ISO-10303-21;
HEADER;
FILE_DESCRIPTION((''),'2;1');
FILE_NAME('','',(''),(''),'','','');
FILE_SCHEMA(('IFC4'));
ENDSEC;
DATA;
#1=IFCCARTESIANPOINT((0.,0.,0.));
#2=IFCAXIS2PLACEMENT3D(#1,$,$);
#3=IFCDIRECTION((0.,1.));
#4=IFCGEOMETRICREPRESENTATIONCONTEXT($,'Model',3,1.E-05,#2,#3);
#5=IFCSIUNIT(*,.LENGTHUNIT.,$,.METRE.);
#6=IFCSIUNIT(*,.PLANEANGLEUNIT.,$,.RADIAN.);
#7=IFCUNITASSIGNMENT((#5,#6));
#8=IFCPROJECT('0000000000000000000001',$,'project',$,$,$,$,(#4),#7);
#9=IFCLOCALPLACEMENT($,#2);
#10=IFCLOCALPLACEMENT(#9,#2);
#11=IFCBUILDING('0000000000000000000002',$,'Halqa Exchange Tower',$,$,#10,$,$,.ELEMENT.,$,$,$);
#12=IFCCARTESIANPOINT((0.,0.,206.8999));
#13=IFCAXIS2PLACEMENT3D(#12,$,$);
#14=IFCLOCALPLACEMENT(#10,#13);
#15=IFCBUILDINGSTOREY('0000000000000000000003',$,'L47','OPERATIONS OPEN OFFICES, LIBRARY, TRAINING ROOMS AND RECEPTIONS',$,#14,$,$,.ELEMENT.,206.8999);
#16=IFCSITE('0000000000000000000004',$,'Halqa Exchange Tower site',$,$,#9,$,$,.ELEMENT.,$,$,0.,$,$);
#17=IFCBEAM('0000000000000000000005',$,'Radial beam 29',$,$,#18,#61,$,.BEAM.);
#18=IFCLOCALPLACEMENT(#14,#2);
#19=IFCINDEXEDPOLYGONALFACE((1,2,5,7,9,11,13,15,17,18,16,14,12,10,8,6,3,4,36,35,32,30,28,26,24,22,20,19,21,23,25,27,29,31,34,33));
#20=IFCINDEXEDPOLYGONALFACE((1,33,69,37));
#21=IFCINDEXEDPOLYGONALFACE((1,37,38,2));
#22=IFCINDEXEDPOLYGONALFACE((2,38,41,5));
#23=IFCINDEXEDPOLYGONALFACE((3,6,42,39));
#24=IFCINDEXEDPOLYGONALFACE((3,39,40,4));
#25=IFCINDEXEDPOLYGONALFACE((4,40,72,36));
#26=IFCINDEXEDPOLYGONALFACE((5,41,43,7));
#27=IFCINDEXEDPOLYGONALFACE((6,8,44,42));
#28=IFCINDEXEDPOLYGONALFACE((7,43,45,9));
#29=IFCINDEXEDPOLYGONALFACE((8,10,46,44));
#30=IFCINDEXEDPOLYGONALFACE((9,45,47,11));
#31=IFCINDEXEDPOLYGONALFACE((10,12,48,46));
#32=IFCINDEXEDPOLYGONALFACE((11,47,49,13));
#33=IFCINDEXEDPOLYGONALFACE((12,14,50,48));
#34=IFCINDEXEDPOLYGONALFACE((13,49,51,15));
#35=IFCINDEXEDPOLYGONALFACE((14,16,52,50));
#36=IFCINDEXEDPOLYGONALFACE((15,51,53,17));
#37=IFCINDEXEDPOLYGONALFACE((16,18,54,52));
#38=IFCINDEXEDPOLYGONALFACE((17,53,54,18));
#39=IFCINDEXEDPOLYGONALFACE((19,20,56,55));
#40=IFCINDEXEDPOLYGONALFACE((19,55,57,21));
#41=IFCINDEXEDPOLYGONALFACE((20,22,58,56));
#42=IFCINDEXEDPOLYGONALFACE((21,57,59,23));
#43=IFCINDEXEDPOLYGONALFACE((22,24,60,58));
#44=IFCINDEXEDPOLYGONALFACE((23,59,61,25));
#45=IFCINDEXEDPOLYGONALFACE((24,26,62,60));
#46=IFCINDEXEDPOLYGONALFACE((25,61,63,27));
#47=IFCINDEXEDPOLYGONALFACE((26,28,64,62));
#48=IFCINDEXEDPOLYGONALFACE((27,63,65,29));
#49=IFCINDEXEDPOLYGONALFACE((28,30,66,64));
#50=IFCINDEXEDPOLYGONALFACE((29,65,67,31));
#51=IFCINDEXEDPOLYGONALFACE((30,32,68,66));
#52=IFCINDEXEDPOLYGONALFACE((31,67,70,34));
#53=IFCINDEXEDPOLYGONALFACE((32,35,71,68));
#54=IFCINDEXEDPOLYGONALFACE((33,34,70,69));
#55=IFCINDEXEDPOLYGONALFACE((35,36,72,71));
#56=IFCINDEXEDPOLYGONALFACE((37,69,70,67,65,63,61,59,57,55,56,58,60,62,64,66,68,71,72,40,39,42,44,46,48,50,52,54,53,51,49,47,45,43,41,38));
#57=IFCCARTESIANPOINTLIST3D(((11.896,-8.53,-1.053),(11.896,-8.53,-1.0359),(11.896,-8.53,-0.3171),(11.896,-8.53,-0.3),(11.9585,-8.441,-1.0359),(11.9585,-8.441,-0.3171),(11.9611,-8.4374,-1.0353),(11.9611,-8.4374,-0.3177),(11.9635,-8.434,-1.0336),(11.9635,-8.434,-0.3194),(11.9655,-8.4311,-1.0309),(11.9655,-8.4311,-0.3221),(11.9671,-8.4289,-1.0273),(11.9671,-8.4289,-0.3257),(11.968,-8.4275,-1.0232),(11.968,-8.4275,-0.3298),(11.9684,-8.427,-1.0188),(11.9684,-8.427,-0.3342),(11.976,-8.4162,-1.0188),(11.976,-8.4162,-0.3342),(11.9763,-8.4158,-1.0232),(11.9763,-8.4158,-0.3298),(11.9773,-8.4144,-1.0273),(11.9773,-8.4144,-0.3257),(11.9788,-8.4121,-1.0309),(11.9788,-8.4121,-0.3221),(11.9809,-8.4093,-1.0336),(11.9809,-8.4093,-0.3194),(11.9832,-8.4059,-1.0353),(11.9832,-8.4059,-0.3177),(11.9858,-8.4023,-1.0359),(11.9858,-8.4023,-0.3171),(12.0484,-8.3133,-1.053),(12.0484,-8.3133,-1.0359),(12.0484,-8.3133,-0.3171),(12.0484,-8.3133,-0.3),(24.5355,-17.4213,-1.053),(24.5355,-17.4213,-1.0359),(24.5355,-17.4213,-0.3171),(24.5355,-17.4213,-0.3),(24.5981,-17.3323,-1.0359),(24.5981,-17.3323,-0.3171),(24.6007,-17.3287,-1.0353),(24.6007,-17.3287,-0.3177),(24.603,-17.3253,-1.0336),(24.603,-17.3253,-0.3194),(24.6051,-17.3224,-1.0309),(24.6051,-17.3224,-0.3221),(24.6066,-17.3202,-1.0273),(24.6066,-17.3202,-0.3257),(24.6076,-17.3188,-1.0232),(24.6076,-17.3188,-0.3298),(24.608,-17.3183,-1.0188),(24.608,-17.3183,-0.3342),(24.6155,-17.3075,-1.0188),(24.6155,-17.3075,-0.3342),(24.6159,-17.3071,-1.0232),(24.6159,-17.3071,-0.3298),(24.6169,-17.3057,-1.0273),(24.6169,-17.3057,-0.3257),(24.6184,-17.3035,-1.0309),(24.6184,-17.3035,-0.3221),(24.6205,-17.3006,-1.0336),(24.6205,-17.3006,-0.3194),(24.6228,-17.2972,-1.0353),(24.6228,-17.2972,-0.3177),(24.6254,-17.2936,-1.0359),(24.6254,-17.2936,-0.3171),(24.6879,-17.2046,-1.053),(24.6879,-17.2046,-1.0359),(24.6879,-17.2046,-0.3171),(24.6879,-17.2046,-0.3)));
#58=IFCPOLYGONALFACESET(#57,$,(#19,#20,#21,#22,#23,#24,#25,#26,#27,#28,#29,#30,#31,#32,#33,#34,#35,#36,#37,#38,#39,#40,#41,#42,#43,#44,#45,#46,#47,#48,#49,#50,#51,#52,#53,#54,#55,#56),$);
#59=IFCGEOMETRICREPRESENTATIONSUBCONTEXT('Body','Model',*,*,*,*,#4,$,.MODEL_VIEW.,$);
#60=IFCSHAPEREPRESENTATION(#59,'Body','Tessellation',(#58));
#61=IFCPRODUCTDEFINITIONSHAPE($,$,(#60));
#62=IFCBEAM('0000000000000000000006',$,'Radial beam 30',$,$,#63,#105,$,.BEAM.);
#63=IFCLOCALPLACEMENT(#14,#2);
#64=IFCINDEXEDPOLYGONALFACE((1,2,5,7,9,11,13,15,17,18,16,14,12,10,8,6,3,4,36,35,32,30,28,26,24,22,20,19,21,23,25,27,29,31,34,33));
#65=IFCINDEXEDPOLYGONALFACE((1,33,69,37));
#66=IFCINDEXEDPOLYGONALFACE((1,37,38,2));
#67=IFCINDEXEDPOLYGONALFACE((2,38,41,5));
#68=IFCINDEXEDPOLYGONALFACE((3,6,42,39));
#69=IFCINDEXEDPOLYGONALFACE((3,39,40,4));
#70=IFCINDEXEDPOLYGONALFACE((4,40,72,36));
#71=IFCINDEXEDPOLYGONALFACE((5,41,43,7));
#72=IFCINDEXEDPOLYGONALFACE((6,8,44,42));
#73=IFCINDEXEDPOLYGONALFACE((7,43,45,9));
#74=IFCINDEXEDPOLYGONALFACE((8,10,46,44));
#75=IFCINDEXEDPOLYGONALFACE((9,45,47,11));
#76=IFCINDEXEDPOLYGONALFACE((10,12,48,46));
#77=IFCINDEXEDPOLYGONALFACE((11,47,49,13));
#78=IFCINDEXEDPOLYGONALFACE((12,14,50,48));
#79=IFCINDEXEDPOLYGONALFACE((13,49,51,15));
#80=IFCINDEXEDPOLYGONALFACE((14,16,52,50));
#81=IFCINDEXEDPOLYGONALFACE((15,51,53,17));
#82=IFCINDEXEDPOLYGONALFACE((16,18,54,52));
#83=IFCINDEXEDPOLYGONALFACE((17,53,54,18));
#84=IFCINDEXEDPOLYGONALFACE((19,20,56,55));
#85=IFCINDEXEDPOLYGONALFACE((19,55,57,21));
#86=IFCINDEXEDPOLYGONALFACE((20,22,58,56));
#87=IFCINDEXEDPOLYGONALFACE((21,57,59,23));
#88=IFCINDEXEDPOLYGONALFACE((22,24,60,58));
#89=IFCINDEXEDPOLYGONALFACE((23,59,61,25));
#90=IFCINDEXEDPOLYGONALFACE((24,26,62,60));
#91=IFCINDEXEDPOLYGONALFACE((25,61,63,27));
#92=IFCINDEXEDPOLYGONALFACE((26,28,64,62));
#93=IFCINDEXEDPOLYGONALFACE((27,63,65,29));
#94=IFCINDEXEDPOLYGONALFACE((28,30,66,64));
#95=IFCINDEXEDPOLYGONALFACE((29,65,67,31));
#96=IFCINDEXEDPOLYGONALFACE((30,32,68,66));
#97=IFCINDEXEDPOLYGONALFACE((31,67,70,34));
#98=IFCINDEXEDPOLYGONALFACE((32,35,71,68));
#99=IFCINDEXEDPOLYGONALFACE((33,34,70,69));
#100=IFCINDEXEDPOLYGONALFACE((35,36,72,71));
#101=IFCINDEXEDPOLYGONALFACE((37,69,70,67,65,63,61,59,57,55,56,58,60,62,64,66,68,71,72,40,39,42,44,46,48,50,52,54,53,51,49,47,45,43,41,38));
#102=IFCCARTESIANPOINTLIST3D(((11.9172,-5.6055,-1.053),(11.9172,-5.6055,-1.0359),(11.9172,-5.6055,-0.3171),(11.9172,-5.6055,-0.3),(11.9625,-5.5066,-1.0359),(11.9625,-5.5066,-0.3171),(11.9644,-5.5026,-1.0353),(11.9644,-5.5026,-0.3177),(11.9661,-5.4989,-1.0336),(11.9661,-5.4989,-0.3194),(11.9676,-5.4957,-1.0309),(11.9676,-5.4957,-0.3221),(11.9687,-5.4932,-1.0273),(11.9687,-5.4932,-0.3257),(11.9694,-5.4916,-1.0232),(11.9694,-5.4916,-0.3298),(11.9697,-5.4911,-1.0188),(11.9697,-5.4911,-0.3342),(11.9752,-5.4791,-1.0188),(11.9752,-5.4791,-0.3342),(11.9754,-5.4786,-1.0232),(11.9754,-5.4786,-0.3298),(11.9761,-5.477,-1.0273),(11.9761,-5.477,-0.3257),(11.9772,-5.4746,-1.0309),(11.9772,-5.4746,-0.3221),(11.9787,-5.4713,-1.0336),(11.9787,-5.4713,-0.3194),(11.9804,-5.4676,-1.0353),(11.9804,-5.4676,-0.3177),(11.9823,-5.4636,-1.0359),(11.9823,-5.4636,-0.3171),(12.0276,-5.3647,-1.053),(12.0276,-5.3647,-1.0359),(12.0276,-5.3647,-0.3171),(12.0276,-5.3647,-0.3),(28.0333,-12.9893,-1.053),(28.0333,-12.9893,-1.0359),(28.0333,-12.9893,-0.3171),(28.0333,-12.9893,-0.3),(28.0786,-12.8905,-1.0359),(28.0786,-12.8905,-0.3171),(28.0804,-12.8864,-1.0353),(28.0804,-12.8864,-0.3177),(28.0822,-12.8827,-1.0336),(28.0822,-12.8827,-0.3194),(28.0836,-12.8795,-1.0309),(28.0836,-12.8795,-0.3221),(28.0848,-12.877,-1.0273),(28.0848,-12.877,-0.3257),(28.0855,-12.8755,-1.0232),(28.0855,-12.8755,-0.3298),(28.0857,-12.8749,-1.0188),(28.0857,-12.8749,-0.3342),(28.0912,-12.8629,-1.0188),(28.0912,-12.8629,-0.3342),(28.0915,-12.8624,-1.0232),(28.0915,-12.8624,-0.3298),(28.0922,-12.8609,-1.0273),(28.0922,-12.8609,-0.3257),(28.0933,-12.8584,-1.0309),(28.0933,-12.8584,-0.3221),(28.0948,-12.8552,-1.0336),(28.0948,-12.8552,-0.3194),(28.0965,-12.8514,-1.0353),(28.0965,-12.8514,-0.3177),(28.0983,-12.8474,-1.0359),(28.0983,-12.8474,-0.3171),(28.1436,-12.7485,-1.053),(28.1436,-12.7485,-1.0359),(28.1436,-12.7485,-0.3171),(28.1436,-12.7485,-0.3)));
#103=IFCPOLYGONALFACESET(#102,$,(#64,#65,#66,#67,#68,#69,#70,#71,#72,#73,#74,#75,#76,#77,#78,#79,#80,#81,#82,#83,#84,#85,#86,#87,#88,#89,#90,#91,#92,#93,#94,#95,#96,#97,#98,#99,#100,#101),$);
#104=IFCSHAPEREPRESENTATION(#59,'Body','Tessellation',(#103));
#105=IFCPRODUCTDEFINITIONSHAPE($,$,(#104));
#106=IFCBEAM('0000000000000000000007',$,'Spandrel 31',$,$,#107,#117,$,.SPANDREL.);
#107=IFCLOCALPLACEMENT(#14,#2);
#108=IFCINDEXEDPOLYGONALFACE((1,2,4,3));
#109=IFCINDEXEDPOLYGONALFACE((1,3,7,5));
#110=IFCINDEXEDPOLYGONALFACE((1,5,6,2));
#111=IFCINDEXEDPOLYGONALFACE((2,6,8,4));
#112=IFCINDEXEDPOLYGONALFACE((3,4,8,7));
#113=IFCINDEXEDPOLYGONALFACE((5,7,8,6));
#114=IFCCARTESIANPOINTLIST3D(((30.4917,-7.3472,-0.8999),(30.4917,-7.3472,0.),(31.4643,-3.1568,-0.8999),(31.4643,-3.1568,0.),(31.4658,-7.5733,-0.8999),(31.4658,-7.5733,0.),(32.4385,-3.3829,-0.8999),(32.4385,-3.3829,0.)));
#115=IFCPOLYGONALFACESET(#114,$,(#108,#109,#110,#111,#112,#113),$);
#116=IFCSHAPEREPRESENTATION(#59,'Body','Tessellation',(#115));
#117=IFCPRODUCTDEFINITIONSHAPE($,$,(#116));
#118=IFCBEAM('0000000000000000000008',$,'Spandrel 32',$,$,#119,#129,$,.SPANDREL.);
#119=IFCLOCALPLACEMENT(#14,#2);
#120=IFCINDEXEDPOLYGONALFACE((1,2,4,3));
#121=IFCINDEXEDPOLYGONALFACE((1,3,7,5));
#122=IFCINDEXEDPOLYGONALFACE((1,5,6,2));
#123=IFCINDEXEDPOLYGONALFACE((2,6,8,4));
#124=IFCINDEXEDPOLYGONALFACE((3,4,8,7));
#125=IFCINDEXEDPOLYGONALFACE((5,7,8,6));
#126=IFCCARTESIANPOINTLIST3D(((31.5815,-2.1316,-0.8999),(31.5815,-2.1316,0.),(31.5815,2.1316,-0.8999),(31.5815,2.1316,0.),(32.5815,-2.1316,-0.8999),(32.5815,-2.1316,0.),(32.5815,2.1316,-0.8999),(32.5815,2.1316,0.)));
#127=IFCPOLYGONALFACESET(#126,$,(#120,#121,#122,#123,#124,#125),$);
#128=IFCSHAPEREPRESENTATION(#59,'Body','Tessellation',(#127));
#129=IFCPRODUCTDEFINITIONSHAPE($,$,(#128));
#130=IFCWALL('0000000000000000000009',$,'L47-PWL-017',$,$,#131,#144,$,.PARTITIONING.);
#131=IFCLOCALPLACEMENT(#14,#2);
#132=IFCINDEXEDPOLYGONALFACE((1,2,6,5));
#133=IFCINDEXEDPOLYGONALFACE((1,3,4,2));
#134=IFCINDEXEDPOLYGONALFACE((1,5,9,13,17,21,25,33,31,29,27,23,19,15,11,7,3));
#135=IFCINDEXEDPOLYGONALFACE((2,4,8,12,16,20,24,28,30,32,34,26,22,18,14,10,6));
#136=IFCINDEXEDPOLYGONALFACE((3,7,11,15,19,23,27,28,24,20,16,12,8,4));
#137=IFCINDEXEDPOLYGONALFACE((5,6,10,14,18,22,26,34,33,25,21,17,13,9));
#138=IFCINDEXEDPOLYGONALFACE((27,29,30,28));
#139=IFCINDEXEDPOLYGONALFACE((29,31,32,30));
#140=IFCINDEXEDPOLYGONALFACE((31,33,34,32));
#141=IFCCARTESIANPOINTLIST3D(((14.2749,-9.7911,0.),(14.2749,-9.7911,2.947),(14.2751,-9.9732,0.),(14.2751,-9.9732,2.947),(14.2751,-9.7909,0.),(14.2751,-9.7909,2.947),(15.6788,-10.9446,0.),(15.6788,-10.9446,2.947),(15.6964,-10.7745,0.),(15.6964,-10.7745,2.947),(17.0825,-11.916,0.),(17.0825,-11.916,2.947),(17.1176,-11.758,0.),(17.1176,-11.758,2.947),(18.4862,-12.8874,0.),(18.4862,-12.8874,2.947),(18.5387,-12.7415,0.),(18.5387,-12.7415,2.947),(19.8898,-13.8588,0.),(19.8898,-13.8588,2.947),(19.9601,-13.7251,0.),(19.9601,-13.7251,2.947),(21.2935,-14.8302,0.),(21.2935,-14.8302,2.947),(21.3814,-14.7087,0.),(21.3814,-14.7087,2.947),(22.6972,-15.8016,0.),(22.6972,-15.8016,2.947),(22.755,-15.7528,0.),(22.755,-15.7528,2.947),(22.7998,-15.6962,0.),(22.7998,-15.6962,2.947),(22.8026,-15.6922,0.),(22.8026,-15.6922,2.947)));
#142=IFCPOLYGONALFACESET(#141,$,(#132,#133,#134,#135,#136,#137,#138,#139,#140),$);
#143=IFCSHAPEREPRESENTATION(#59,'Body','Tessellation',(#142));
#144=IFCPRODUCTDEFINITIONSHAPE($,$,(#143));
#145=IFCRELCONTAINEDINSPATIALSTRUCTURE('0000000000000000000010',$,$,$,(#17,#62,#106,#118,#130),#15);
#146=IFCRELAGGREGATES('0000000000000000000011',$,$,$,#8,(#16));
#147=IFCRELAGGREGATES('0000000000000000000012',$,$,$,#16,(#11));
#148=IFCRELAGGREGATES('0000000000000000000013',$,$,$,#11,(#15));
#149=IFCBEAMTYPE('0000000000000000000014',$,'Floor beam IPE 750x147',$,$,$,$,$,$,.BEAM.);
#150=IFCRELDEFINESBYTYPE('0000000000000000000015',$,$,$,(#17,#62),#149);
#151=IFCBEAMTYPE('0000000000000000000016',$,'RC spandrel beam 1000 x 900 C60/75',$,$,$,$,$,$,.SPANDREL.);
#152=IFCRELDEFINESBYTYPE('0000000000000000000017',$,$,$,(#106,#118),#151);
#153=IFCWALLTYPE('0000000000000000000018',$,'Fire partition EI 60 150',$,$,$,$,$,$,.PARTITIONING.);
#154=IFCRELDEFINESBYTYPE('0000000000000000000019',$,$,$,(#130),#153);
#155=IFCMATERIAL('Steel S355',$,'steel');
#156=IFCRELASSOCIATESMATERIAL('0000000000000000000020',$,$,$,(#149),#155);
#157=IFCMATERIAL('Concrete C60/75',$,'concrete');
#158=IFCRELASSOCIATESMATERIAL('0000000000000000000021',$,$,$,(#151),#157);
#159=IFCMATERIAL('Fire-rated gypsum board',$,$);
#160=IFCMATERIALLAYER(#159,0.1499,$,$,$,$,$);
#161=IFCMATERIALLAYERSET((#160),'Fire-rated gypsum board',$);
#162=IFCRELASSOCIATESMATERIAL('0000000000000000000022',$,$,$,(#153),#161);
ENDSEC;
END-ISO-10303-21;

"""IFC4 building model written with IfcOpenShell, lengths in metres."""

from ifc_helpers import new_model, si_unit, direction, frame, origin, origin_2d, place, context, subcontext, project, spatial, polyline, rectangle, i_section, outline, extrude, material, layer, layer_set, material_profile, profile_set, type_object, element, save


model = new_model("IFC4")

# Units and contexts
model_context = context("Model", 3, precision=1e-05, world=origin(), true_north=direction((0.0, 1.0)))
body_context = subcontext(model_context, "Body", "Model", "MODEL_VIEW")
ifc_project = project(units=[si_unit("LENGTHUNIT", "METRE"), si_unit("PLANEANGLEUNIT", "RADIAN")], contexts=[model_context])

# Site, building, storey
site_placement = place(None, origin())
site = spatial("IfcSite", under=ifc_project, at=site_placement, Name="Halqa Exchange Tower site", CompositionType="ELEMENT", RefElevation=0.0)
building_placement = place(site_placement, origin())
building = spatial("IfcBuilding", under=site, at=building_placement, Name="Halqa Exchange Tower", CompositionType="ELEMENT")
storey_placement = place(building_placement, frame((0.0, 0.0, 206.8999)))
storey = spatial("IfcBuildingStorey", under=building, at=storey_placement, Name="L47", Description="OPERATIONS OPEN OFFICES, LIBRARY, TRAINING ROOMS AND RECEPTIONS", CompositionType="ELEMENT", Elevation=206.8999)

# Shared definitions
ifc_material_1 = material(Name="Concrete C60/75", Category="concrete")

# Beams
ifc_material_2 = material(Name="Steel S355", Category="steel")
ifc_material_profile_1 = material_profile(ifc_material_2, i_section(OverallWidth=0.2649, OverallDepth=0.7529, WebThickness=0.0132, FlangeThickness=0.0171, FilletRadius=0.0171, at=origin_2d()), Name="IPE 750x147")
ifc_profile_set_1 = profile_set([ifc_material_profile_1], Name="Steel S355")
beam_type_1 = type_object("IfcBeamType", Name="Floor beam IPE 750x147", PredefinedType="BEAM", material=ifc_profile_set_1)
beam_1_placement = place(storey_placement, frame((11.9722, -8.4216, -0.6765), z_axis=(0.817904, -0.575354, 0.0), x_axis=(0.575354, 0.817904, 0.0)))
element("IfcBeam", 1, at=beam_1_placement, inside=storey, type_object=beam_type_1, Name="Radial beam 29", PredefinedType="BEAM", context=body_context, shape_type="SweptSolid", body=[
    extrude(i_section(OverallWidth=0.2649, OverallDepth=0.7529, WebThickness=0.0132, FlangeThickness=0.0171, FilletRadius=0.0171, at=origin_2d()), origin(), (0.0, 0.0, 1.0), 15.4536),
])
beam_2_placement = place(storey_placement, frame((11.9724, -5.4851, -0.6765), z_axis=(0.909122, -0.416529, 0.0), x_axis=(0.416529, 0.909122, 0.0)))
element("IfcBeam", 2, at=beam_2_placement, inside=storey, type_object=beam_type_1, Name="Radial beam 30", PredefinedType="BEAM", context=body_context, shape_type="SweptSolid", body=[
    extrude(i_section(OverallWidth=0.2649, OverallDepth=0.7529, WebThickness=0.0132, FlangeThickness=0.0171, FilletRadius=0.0171, at=origin_2d()), origin(), (0.0, 0.0, 1.0), 17.7271),
])
ifc_material_profile_2 = material_profile(ifc_material_1, rectangle(XDim=1.0, YDim=0.8999, at=origin_2d()), Name="1000 x 900")
ifc_profile_set_2 = profile_set([ifc_material_profile_2], Name="Concrete C60/75")
beam_type_2 = type_object("IfcBeamType", Name="RC spandrel beam 1000 x 900 C60/75", PredefinedType="SPANDREL", material=ifc_profile_set_2)
beam_3_placement = place(storey_placement, frame((30.9788, -7.4602, -0.45), z_axis=(0.226103, 0.974103, 0.0), x_axis=(-0.974103, 0.226103, 0.0)))
element("IfcBeam", 3, at=beam_3_placement, inside=storey, type_object=beam_type_2, Name="Spandrel 31", PredefinedType="SPANDREL", context=body_context, shape_type="SweptSolid", body=[
    extrude(rectangle(XDim=1.0, YDim=0.8999, at=origin_2d()), origin(), (0.0, 0.0, 1.0), 4.3018),
])
beam_4_placement = place(storey_placement, frame((32.0815, -2.1316, -0.45), z_axis=(0.0, 1.0, 0.0), x_axis=(-1.0, 0.0, 0.0)))
element("IfcBeam", 4, at=beam_4_placement, inside=storey, type_object=beam_type_2, Name="Spandrel 32", PredefinedType="SPANDREL", context=body_context, shape_type="SweptSolid", body=[
    extrude(rectangle(XDim=1.0, YDim=0.8999, at=origin_2d()), origin(), (0.0, 0.0, 1.0), 4.2632),
])

# Wall
ifc_material_3 = material(Name="Fire-rated gypsum board")
ifc_layer_1 = layer(ifc_material_3, 0.1499)
ifc_layer_set_1 = layer_set([ifc_layer_1], Name="Fire-rated gypsum board")
wall_type_1 = type_object("IfcWallType", Name="Fire partition EI 60 150", PredefinedType="PARTITIONING", material=ifc_layer_set_1)
wall_1_placement = place(storey_placement, frame((14.2324, -9.8525, 0.0), z_axis=(0.0, 0.0, 1.0), x_axis=(0.822298, -0.569057, 0.0)))
element("IfcWall", 5, at=wall_1_placement, inside=storey, type_object=wall_type_1, Name="L47-PWL-017", PredefinedType="PARTITIONING", context=body_context, shape_type="SweptSolid", body=[
    extrude(outline(polyline([(0.1038, -0.075), (1.8108, -0.075), (3.5178, -0.075), (5.2249, -0.075), (6.9319, -0.075), (8.6389, -0.075), (10.3459, -0.075), (10.3657, -0.002), (10.3704, 0.0701), (10.3704, 0.075), (8.6421, 0.075), (6.9136, 0.075), (5.1851, 0.075), (3.4568, 0.075), (1.7285, 0.075), (0.0, 0.075), (0.0, 0.0747), (0.1038, -0.075)])), origin(), (0.0, 0.0, 1.0), 2.947),
])

save(model, "model.ifc")
